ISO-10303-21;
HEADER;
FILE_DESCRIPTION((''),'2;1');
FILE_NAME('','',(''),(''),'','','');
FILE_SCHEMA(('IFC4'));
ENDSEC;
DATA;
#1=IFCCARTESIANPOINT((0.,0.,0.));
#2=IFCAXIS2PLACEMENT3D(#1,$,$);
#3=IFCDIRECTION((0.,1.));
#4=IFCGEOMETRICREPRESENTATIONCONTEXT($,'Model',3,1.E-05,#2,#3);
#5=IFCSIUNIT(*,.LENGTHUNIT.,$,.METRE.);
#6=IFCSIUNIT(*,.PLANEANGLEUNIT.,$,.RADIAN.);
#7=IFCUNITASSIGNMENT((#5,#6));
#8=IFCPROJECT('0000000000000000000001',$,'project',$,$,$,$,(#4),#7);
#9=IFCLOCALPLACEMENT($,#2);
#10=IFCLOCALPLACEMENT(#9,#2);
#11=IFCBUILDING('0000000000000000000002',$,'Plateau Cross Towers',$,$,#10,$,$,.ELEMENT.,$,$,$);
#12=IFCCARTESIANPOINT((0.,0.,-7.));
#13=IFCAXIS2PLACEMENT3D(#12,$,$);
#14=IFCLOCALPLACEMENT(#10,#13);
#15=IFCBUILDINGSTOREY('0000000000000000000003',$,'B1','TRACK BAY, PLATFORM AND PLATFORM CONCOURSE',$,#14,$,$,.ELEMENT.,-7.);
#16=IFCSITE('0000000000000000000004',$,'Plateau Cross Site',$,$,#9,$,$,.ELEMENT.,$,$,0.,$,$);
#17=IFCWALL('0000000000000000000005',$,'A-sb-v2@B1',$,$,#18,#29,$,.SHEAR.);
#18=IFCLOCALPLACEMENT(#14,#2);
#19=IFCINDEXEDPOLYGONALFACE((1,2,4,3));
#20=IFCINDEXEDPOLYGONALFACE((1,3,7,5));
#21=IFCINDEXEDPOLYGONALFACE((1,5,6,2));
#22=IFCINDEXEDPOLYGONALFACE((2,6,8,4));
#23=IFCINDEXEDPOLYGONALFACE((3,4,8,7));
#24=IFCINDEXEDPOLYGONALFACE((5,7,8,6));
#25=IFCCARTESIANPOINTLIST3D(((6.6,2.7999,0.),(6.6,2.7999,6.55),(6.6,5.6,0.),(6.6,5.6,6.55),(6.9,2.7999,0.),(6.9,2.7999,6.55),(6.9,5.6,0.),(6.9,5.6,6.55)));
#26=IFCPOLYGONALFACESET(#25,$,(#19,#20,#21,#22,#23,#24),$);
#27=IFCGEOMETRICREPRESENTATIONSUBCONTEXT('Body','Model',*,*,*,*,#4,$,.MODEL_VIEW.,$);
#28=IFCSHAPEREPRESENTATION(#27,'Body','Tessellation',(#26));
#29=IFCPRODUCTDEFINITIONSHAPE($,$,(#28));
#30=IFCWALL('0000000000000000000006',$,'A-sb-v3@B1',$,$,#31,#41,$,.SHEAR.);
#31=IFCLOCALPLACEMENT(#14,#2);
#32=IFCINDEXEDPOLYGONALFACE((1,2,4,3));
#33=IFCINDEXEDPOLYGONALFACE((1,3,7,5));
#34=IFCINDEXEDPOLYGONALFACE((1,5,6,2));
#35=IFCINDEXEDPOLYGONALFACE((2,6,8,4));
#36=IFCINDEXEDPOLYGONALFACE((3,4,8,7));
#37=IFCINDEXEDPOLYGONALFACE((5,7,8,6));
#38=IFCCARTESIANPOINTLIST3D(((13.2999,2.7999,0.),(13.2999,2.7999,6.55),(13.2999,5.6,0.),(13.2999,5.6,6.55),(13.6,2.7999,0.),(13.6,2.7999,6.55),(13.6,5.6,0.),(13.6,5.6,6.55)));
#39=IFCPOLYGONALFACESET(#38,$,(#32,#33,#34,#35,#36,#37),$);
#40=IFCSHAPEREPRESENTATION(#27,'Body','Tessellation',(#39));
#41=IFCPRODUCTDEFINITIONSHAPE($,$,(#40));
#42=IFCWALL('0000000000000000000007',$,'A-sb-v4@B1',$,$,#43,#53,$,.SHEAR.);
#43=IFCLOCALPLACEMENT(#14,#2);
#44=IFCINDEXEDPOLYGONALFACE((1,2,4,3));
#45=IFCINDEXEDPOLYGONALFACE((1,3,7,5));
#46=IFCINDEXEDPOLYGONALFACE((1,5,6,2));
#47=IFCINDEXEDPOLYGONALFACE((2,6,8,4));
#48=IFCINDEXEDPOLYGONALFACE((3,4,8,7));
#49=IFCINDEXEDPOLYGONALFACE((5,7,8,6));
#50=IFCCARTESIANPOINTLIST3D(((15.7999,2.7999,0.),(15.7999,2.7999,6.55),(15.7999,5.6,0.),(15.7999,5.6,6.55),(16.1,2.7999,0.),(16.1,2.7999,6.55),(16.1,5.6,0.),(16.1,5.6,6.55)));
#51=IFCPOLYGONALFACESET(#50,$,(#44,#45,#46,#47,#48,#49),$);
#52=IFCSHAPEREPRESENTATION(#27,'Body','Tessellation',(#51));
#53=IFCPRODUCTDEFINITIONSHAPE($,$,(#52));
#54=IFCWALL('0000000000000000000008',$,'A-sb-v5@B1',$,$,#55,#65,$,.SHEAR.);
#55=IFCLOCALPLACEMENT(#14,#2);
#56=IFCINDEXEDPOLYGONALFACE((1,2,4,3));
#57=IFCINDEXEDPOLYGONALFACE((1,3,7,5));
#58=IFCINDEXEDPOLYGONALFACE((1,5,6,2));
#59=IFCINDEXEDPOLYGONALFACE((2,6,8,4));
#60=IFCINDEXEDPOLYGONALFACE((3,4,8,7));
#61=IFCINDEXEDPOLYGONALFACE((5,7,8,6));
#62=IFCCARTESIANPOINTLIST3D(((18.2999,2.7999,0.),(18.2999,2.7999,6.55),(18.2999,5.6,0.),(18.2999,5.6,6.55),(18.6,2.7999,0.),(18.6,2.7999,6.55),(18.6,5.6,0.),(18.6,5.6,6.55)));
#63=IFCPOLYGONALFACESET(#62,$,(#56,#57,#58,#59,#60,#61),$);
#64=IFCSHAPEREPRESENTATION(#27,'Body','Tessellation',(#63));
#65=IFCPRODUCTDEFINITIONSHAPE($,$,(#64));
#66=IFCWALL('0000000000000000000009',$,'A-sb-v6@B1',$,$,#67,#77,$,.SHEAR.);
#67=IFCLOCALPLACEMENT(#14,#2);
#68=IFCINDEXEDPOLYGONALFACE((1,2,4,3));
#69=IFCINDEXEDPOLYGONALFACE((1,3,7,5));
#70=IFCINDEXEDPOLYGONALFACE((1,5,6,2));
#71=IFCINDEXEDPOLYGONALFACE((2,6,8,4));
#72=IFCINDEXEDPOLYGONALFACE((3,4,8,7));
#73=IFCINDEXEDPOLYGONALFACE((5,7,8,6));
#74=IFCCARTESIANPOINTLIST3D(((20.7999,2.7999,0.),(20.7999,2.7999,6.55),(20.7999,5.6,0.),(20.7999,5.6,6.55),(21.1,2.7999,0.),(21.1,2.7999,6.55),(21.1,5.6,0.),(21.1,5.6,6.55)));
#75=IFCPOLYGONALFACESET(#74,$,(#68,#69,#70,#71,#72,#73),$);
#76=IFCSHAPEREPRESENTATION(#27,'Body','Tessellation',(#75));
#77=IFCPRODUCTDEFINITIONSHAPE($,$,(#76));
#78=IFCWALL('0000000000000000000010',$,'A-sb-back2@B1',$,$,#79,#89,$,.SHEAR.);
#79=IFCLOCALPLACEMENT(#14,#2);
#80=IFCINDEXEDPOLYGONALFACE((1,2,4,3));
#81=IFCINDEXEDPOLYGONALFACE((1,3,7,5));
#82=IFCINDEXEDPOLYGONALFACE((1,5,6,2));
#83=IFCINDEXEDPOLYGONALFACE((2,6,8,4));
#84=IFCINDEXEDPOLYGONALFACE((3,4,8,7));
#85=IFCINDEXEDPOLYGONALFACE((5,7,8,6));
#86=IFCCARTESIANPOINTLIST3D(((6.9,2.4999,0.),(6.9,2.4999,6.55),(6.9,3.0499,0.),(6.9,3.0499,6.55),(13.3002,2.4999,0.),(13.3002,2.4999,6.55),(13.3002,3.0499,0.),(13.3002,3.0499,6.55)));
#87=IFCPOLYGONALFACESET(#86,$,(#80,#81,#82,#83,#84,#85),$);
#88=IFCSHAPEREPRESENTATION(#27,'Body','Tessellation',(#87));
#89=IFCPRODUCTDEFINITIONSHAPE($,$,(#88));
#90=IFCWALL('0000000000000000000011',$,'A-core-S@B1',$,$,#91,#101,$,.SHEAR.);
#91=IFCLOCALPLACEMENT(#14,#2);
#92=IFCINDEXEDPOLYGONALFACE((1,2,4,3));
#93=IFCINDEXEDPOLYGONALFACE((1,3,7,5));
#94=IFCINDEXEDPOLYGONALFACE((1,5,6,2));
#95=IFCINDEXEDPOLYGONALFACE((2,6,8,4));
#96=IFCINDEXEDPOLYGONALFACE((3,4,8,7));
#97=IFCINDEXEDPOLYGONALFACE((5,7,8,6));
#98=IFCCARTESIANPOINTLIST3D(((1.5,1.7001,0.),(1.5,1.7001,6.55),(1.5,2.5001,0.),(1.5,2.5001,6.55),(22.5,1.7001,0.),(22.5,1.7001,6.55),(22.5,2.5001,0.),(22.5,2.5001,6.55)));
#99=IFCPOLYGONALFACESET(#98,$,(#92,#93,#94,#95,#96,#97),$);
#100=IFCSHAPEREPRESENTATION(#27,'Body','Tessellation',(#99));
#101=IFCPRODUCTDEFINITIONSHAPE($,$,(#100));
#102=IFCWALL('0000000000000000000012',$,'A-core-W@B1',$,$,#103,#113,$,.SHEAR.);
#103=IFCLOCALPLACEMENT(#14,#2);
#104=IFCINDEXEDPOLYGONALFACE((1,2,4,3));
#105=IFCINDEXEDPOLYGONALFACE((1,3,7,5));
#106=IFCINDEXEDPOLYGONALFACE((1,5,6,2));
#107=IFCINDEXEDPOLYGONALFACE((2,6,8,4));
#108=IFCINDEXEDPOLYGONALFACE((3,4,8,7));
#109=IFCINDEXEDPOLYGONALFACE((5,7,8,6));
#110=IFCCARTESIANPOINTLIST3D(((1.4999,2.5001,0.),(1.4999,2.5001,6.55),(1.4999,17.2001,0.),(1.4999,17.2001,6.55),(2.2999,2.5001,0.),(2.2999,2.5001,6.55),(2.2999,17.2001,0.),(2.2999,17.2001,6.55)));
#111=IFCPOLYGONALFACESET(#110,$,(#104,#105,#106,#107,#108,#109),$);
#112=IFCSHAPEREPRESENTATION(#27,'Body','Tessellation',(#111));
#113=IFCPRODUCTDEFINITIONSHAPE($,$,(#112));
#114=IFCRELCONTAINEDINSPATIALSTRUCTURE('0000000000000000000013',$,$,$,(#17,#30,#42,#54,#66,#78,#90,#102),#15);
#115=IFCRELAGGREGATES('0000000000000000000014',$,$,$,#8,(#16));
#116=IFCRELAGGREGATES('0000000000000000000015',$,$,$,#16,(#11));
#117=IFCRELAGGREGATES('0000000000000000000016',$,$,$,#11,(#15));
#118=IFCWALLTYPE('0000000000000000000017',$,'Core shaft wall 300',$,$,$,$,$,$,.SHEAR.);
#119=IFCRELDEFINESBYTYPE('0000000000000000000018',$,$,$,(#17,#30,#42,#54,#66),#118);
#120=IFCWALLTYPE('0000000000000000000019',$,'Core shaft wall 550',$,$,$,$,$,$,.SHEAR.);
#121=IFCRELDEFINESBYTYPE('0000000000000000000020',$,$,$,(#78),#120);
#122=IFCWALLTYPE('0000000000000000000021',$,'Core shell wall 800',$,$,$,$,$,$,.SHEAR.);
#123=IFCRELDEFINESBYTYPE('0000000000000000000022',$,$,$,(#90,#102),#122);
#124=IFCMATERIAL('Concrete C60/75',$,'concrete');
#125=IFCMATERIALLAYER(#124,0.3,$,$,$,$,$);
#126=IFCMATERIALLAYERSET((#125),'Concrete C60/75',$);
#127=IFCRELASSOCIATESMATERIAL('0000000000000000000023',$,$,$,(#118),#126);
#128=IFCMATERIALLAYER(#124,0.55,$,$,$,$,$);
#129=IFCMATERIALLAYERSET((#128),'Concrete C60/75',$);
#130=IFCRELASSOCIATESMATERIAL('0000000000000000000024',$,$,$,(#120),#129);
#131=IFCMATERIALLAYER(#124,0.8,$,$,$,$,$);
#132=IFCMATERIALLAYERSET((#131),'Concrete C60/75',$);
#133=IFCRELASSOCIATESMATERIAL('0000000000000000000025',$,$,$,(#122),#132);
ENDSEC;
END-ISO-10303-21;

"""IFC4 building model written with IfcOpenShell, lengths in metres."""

from ifc_helpers import new_model, si_unit, direction, frame, frame_2d, origin, place, context, subcontext, project, spatial, rectangle, extrude, material, layer, layer_set, type_object, element, save


model = new_model("IFC4")

# Units and contexts
model_context = context("Model", 3, precision=1e-05, world=origin(), true_north=direction((0.0, 1.0)))
body_context = subcontext(model_context, "Body", "Model", "MODEL_VIEW")
ifc_project = project(units=[si_unit("LENGTHUNIT", "METRE"), si_unit("PLANEANGLEUNIT", "RADIAN")], contexts=[model_context])

# Site, building, storey
site_placement = place(None, origin())
site = spatial("IfcSite", under=ifc_project, at=site_placement, Name="Plateau Cross Site", CompositionType="ELEMENT", RefElevation=0.0)
building_placement = place(site_placement, origin())
building = spatial("IfcBuilding", under=site, at=building_placement, Name="Plateau Cross Towers", CompositionType="ELEMENT")
storey_placement = place(building_placement, frame((0.0, 0.0, -7.0)))
storey = spatial("IfcBuildingStorey", under=building, at=storey_placement, Name="B1", Description="TRACK BAY, PLATFORM AND PLATFORM CONCOURSE", CompositionType="ELEMENT", Elevation=-7.0)

# Shared definitions
ifc_material_1 = material(Name="Concrete C60/75", Category="concrete")

# Walls
ifc_layer_1 = layer(ifc_material_1, 0.3)
ifc_layer_set_1 = layer_set([ifc_layer_1], Name="Concrete C60/75")
wall_type_1 = type_object("IfcWallType", Name="Core shaft wall 300", PredefinedType="SHEAR", material=ifc_layer_set_1)
for number, where, z_axis, x_axis, name in (
    (1, (6.75, 2.8, 0.0), (0.0, 0.0, 1.0), (0.0, 1.0, 0.0), "A-sb-v2@B1"),
    (2, (13.45, 2.8, 0.0), (0.0, 0.0, 1.0), (0.0, 1.0, 0.0), "A-sb-v3@B1"),
    (3, (15.95, 2.8, 0.0), (0.0, 0.0, 1.0), (0.0, 1.0, 0.0), "A-sb-v4@B1"),
    (4, (18.45, 2.8, 0.0), (0.0, 0.0, 1.0), (0.0, 1.0, 0.0), "A-sb-v5@B1"),
    (5, (20.95, 2.8, 0.0), (0.0, 0.0, 1.0), (0.0, 1.0, 0.0), "A-sb-v6@B1"),
):
    element("IfcWall", number, at=place(storey_placement, frame(where, z_axis=z_axis, x_axis=x_axis)), inside=storey, type_object=wall_type_1, Name=name, PredefinedType="SHEAR", context=body_context, shape_type="SweptSolid", body=[
        extrude(rectangle(XDim=2.8, YDim=0.3, at=frame_2d((1.3999, 0.0))), origin(), (0.0, 0.0, 1.0), 6.55),
    ])
ifc_layer_2 = layer(ifc_material_1, 0.55)
ifc_layer_set_2 = layer_set([ifc_layer_2], Name="Concrete C60/75")
wall_type_2 = type_object("IfcWallType", Name="Core shaft wall 550", PredefinedType="SHEAR", material=ifc_layer_set_2)
wall_1_placement = place(storey_placement, frame((6.8999, 2.7749, 0.0), z_axis=(0.0, 0.0, 1.0), x_axis=(1.0, 0.0, 0.0)))
element("IfcWall", 6, at=wall_1_placement, inside=storey, type_object=wall_type_2, Name="A-sb-back2@B1", PredefinedType="SHEAR", context=body_context, shape_type="SweptSolid", body=[
    extrude(rectangle(XDim=6.4001, YDim=0.55, at=frame_2d((3.2002, 0.0))), origin(), (0.0, 0.0, 1.0), 6.55),
])
ifc_layer_3 = layer(ifc_material_1, 0.8)
ifc_layer_set_3 = layer_set([ifc_layer_3], Name="Concrete C60/75")
wall_type_3 = type_object("IfcWallType", Name="Core shell wall 800", PredefinedType="SHEAR", material=ifc_layer_set_3)
wall_2_placement = place(storey_placement, frame((1.5, 2.1001, 0.0), z_axis=(0.0, 0.0, 1.0), x_axis=(1.0, 0.0, 0.0)))
element("IfcWall", 7, at=wall_2_placement, inside=storey, type_object=wall_type_3, Name="A-core-S@B1", PredefinedType="SHEAR", context=body_context, shape_type="SweptSolid", body=[
    extrude(rectangle(XDim=21.0, YDim=0.8, at=frame_2d((10.5, 0.0))), origin(), (0.0, 0.0, 1.0), 6.55),
])
wall_3_placement = place(storey_placement, frame((1.8999, 2.5, 0.0), z_axis=(0.0, 0.0, 1.0), x_axis=(0.0, 1.0, 0.0)))
element("IfcWall", 8, at=wall_3_placement, inside=storey, type_object=wall_type_3, Name="A-core-W@B1", PredefinedType="SHEAR", context=body_context, shape_type="SweptSolid", body=[
    extrude(rectangle(XDim=14.7, YDim=0.8, at=frame_2d((7.3501, 0.0))), origin(), (0.0, 0.0, 1.0), 6.55),
])

save(model, "model.ifc")
